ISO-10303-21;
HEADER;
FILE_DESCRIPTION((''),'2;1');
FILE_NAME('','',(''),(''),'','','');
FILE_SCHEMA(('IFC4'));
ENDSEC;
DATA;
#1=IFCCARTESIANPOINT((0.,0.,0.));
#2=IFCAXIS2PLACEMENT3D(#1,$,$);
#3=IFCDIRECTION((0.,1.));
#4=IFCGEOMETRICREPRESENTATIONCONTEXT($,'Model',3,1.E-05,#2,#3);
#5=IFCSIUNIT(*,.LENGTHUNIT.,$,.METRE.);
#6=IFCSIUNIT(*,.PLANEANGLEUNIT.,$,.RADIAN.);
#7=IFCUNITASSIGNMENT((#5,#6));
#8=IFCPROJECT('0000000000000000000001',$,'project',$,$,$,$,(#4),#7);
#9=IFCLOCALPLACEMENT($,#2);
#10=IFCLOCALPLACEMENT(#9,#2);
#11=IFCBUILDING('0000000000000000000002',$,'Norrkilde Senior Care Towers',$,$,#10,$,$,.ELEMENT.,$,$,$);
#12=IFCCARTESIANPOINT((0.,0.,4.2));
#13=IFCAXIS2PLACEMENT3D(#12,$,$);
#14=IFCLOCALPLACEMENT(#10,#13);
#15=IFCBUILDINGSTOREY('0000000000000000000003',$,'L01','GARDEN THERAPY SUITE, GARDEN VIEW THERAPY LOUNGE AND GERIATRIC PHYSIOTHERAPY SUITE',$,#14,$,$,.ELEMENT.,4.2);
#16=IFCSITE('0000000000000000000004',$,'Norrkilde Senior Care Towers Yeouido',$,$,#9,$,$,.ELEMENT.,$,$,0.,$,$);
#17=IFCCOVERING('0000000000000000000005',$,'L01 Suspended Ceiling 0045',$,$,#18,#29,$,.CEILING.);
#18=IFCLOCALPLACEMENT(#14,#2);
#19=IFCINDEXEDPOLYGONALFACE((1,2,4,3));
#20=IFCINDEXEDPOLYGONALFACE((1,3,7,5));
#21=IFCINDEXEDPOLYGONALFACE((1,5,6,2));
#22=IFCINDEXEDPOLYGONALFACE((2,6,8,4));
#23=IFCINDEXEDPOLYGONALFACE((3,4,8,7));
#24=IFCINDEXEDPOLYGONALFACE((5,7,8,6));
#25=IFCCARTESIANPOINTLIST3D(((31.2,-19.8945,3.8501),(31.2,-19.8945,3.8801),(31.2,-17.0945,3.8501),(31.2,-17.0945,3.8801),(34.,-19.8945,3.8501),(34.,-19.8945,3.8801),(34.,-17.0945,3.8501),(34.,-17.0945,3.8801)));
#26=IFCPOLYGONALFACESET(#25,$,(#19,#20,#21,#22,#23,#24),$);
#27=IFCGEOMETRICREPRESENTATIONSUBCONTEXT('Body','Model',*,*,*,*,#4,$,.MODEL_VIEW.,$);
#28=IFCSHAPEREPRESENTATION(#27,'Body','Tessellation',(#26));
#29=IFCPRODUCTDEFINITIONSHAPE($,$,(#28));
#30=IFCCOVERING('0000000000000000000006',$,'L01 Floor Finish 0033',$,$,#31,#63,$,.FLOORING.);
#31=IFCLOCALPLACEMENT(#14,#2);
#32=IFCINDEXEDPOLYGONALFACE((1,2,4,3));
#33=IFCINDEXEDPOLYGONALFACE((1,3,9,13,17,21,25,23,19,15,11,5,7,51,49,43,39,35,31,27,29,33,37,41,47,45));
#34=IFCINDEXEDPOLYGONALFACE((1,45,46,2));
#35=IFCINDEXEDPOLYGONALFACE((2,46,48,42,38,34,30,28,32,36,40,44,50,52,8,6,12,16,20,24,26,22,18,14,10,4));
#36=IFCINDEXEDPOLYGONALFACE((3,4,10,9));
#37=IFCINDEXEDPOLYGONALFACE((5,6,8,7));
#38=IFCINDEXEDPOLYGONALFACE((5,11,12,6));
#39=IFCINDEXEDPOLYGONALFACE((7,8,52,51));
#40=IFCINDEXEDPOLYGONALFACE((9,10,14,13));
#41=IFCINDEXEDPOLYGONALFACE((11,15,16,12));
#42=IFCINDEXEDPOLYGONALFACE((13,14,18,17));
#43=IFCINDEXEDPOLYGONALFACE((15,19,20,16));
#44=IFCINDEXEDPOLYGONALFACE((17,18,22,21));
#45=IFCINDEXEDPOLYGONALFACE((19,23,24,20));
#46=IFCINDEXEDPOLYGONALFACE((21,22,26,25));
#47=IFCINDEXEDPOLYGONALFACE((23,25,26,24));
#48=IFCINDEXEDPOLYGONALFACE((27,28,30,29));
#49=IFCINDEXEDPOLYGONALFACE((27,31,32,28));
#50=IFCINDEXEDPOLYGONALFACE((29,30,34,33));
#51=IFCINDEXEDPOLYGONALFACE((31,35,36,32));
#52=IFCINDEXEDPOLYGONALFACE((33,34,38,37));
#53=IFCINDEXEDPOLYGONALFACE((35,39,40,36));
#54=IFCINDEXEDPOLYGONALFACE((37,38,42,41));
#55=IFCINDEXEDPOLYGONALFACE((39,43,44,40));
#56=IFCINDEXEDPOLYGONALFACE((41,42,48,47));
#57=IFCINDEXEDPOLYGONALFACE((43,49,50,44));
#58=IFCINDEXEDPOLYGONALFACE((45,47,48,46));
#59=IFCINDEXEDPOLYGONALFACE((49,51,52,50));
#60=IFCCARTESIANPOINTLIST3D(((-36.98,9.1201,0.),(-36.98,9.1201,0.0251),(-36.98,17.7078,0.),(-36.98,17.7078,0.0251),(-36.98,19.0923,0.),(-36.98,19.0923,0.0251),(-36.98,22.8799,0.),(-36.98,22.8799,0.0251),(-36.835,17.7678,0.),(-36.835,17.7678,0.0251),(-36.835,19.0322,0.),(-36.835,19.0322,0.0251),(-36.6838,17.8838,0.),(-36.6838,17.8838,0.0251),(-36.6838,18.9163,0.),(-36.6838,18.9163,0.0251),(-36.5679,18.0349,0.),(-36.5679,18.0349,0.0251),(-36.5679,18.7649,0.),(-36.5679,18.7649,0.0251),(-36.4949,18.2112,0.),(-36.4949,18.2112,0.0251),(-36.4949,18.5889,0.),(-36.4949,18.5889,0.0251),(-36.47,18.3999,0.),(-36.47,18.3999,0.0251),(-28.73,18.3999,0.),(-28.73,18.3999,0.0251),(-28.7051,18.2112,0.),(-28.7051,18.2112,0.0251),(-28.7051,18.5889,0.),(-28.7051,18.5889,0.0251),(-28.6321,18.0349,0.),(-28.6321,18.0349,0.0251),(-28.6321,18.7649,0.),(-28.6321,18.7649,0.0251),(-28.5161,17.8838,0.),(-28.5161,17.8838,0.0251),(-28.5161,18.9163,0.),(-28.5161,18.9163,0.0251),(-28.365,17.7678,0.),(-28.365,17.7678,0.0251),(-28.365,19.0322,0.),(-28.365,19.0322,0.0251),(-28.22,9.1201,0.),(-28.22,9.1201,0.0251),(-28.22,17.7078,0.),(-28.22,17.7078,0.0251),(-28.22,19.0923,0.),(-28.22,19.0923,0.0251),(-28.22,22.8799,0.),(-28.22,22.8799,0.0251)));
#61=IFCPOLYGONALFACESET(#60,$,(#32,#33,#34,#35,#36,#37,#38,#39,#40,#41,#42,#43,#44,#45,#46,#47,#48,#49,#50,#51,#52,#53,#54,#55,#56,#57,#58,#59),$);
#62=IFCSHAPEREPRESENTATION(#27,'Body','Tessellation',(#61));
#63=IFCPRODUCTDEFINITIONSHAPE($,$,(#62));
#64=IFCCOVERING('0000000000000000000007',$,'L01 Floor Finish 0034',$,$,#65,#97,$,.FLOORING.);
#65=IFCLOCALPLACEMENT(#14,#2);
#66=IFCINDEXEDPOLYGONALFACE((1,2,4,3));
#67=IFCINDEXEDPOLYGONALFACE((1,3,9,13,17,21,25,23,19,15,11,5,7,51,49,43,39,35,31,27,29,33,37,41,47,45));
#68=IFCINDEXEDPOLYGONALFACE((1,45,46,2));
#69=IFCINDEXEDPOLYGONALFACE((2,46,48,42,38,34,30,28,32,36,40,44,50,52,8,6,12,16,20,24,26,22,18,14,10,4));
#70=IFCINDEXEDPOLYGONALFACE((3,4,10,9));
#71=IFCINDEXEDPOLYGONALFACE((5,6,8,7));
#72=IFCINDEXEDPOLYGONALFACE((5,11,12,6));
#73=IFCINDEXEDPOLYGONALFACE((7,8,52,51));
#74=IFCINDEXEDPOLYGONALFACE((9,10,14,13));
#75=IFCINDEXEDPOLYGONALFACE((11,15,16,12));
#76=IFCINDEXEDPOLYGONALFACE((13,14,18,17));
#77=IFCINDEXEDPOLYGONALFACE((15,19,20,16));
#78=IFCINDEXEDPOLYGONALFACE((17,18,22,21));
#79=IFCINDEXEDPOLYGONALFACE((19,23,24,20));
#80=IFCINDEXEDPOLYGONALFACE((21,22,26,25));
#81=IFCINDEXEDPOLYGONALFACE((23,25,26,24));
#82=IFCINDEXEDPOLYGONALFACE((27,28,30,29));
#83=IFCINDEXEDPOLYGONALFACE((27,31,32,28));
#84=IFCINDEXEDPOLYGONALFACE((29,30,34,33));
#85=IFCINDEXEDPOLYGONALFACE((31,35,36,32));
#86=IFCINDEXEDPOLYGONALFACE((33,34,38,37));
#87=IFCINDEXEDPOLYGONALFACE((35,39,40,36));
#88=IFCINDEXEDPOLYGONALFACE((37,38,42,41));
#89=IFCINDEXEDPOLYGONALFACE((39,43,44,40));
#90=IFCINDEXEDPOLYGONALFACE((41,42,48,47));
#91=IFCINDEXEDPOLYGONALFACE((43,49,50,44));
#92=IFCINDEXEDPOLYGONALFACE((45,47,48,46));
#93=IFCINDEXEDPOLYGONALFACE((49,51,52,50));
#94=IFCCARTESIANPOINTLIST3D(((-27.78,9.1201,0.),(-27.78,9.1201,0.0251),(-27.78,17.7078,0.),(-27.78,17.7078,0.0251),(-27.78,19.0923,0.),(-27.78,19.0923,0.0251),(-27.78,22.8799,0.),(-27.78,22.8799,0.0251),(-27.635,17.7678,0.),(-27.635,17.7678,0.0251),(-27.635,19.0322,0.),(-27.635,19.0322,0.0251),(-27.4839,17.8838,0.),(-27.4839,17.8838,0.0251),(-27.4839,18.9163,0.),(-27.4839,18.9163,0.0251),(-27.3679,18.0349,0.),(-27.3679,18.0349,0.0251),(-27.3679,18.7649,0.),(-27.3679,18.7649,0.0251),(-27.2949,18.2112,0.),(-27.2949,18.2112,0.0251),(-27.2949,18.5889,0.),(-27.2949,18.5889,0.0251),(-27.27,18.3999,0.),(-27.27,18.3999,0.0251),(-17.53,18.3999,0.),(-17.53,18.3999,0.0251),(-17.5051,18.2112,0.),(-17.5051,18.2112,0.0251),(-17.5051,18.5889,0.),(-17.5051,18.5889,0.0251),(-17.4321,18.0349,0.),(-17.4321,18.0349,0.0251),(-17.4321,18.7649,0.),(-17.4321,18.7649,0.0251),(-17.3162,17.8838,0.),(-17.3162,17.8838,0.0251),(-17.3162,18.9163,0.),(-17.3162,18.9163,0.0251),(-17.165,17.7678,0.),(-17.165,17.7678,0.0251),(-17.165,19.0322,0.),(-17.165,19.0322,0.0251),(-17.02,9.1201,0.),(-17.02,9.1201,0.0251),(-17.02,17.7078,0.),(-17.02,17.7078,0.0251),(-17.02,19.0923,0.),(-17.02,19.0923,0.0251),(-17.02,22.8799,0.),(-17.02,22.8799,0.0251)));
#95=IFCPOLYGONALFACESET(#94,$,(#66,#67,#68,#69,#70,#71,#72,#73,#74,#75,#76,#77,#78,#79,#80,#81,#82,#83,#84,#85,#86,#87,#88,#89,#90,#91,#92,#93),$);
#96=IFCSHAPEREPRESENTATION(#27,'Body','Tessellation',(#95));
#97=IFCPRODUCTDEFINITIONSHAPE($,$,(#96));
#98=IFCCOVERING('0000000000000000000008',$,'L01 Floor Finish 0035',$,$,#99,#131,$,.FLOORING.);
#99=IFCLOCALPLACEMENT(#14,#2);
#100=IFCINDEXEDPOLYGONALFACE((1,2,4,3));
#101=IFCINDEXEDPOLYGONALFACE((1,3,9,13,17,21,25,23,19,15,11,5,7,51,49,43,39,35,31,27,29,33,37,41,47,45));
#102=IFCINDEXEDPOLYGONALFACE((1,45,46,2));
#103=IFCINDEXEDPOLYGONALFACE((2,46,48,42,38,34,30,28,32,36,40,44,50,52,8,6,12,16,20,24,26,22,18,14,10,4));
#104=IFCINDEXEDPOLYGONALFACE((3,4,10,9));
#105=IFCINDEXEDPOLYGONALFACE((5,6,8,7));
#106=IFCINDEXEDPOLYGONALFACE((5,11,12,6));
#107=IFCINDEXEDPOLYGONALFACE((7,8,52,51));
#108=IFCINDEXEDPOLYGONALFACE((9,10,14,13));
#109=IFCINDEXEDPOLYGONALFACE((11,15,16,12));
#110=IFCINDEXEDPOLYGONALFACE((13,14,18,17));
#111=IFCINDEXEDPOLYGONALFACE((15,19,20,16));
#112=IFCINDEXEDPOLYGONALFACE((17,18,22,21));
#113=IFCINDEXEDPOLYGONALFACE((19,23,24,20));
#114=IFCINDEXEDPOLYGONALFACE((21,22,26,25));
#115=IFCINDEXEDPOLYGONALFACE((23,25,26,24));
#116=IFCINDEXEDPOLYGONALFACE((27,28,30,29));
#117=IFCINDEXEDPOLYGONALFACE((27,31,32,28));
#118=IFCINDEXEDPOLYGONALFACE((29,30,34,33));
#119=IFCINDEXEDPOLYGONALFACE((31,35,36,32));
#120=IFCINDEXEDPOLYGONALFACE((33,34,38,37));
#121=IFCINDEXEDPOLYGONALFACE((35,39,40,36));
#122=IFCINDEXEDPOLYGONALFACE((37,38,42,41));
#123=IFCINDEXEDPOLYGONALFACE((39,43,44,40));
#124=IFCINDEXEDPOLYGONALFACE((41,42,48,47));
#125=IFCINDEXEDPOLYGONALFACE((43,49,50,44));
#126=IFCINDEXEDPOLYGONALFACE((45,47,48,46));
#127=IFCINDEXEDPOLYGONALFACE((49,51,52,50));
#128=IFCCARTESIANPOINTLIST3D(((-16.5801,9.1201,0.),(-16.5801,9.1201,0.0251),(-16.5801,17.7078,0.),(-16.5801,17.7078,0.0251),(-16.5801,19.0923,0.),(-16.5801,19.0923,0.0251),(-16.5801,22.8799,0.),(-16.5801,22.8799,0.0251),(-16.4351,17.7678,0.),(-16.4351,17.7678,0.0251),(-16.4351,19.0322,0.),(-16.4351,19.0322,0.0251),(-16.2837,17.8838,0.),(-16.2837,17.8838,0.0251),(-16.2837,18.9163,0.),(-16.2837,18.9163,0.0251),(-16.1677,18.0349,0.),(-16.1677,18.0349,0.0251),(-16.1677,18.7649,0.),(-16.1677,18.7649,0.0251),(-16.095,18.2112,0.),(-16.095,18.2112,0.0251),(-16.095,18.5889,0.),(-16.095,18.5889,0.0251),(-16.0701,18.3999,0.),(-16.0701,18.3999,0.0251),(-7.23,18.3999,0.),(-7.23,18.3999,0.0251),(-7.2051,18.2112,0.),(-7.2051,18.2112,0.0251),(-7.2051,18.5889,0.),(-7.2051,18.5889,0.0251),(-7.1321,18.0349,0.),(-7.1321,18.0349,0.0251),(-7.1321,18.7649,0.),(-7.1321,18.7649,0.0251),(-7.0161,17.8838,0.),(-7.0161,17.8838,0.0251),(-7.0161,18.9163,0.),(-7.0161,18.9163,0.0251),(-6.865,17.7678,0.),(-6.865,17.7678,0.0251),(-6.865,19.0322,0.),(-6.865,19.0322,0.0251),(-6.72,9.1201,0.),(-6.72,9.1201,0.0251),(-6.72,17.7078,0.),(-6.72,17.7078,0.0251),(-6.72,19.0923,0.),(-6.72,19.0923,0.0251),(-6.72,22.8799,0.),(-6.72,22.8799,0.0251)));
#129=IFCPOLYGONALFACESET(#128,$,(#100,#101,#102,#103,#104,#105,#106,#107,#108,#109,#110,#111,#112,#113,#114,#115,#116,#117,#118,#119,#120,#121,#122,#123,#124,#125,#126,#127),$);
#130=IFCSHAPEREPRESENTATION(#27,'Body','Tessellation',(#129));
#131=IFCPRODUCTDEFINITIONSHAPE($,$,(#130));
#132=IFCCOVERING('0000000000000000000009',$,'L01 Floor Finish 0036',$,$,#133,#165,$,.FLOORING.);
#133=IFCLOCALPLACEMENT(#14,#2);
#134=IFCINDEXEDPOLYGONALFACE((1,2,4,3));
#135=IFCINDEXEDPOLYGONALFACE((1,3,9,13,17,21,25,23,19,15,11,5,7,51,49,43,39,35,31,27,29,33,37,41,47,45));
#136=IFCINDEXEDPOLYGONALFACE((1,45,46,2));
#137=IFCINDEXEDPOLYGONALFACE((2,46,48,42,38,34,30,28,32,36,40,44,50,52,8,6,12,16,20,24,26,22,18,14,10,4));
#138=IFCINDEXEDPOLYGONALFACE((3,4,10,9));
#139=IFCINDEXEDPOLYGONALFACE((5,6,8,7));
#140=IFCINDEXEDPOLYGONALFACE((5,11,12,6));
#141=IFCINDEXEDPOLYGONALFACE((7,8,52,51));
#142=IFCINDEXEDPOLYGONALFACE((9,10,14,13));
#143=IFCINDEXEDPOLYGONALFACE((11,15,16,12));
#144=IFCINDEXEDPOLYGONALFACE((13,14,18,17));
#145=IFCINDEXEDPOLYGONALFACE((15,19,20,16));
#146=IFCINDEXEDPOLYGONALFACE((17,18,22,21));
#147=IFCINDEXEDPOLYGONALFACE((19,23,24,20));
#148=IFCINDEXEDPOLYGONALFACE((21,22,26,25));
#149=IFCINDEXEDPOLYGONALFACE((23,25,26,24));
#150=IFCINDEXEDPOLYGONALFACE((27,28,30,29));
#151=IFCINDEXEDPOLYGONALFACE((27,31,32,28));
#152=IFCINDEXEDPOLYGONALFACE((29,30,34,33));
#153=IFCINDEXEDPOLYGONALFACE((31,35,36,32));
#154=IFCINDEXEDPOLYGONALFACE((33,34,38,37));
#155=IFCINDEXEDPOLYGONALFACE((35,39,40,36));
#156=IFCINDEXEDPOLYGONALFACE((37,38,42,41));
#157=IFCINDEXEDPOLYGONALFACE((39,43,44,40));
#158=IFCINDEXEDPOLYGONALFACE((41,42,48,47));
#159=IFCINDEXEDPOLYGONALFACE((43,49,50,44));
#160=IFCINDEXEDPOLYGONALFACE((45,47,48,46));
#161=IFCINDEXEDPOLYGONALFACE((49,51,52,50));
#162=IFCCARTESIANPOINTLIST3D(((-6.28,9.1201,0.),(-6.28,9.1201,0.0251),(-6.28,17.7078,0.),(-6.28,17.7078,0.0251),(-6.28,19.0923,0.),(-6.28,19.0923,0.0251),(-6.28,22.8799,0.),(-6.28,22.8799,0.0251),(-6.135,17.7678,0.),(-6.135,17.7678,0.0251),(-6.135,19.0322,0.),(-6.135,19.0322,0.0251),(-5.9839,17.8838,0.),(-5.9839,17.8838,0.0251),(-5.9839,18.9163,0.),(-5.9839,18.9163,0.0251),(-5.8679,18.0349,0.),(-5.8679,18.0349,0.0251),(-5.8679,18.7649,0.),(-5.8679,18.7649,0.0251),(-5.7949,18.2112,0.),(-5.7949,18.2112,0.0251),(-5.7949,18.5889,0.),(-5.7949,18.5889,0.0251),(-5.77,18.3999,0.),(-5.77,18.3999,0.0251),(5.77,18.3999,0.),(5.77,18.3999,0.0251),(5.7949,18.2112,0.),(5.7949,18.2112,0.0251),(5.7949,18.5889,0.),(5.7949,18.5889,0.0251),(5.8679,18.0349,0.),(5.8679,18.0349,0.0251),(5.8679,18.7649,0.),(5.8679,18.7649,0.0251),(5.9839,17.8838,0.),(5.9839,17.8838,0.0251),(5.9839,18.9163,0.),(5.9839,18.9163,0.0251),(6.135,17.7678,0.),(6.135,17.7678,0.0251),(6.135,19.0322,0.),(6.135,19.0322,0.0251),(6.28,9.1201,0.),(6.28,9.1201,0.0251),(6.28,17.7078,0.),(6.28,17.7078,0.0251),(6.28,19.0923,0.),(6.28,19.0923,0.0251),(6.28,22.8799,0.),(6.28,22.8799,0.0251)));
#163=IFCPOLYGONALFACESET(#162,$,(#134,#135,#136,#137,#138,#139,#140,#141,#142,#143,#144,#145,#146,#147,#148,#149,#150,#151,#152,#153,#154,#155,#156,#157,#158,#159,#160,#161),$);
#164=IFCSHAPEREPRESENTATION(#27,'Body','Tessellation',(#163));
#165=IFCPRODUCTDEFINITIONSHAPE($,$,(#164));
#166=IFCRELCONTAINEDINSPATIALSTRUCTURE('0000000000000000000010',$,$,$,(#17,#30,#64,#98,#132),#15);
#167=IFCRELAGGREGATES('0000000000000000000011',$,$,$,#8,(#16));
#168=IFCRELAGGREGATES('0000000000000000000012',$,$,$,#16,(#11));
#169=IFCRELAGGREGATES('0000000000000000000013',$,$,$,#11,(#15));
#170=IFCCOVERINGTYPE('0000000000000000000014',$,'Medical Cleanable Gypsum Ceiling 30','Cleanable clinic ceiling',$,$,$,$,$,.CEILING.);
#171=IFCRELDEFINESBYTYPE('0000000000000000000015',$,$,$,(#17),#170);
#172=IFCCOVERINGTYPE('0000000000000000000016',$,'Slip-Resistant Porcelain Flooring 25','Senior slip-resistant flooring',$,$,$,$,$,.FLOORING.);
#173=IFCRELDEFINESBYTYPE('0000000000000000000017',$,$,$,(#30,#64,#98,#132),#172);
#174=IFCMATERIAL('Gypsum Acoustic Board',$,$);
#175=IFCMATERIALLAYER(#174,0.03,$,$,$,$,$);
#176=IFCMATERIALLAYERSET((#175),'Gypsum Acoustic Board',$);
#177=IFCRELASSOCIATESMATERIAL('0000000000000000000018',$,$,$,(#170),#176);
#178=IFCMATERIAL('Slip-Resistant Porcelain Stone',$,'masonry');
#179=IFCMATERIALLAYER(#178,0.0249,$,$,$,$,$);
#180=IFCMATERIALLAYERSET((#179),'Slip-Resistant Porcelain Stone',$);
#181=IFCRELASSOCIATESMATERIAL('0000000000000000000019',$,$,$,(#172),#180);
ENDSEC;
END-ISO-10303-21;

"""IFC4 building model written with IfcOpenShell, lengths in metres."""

from ifc_helpers import new_model, si_unit, direction, frame, origin, place, context, subcontext, project, spatial, polyline, outline, extrude, material, layer, layer_set, type_object, element, save


model = new_model("IFC4")

# Units and contexts
model_context = context("Model", 3, precision=1e-05, world=origin(), true_north=direction((0.0, 1.0)))
body_context = subcontext(model_context, "Body", "Model", "MODEL_VIEW")
ifc_project = project(units=[si_unit("LENGTHUNIT", "METRE"), si_unit("PLANEANGLEUNIT", "RADIAN")], contexts=[model_context])

# Site, building, storey
site_placement = place(None, origin())
site = spatial("IfcSite", under=ifc_project, at=site_placement, Name="Norrkilde Senior Care Towers Yeouido", CompositionType="ELEMENT", RefElevation=0.0)
building_placement = place(site_placement, origin())
building = spatial("IfcBuilding", under=site, at=building_placement, Name="Norrkilde Senior Care Towers", CompositionType="ELEMENT")
storey_placement = place(building_placement, frame((0.0, 0.0, 4.2)))
storey = spatial("IfcBuildingStorey", under=building, at=storey_placement, Name="L01", Description="GARDEN THERAPY SUITE, GARDEN VIEW THERAPY LOUNGE AND GERIATRIC PHYSIOTHERAPY SUITE", CompositionType="ELEMENT", Elevation=4.2)

# Shared definitions
ifc_material_1 = material(Name="Gypsum Acoustic Board")

# Coverings
ifc_layer_1 = layer(ifc_material_1, 0.03)
ifc_layer_set_1 = layer_set([ifc_layer_1], Name="Gypsum Acoustic Board")
covering_type_1 = type_object("IfcCoveringType", Name="Medical Cleanable Gypsum Ceiling 30", Description="Cleanable clinic ceiling", PredefinedType="CEILING", material=ifc_layer_set_1)
covering_1_placement = place(storey_placement, frame((0.0, 0.0, 3.8501)))
element("IfcCovering", 1, at=covering_1_placement, inside=storey, type_object=covering_type_1, Name="L01 Suspended Ceiling 0045", PredefinedType="CEILING", context=body_context, shape_type="SweptSolid", body=[
    extrude(outline(polyline([(31.2, -19.8945), (31.2, -17.0945), (34.0, -17.0945), (34.0, -19.8945), (31.2, -19.8945)])), origin(), (0.0, 0.0, 1.0), 0.03),
])
ifc_material_2 = material(Name="Slip-Resistant Porcelain Stone", Category="masonry")
ifc_layer_2 = layer(ifc_material_2, 0.0249)
ifc_layer_set_2 = layer_set([ifc_layer_2], Name="Slip-Resistant Porcelain Stone")
covering_type_2 = type_object("IfcCoveringType", Name="Slip-Resistant Porcelain Flooring 25", Description="Senior slip-resistant flooring", PredefinedType="FLOORING", material=ifc_layer_set_2)
covering_2_placement = place(storey_placement, origin())
element("IfcCovering", 2, at=covering_2_placement, inside=storey, type_object=covering_type_2, Name="L01 Floor Finish 0033", PredefinedType="FLOORING", context=body_context, shape_type="SweptSolid", body=[
    extrude(outline(polyline([(-36.98, 9.1201), (-36.98, 17.7078), (-36.835, 17.7678), (-36.6838, 17.8838), (-36.5679, 18.0349), (-36.4949, 18.2112), (-36.47, 18.3999), (-36.4949, 18.5889), (-36.5679, 18.7649), (-36.6838, 18.9163), (-36.835, 19.0322), (-36.98, 19.0923), (-36.98, 22.8799), (-28.22, 22.8799), (-28.22, 19.0923), (-28.365, 19.0322), (-28.5161, 18.9163), (-28.6321, 18.7649), (-28.7051, 18.5889), (-28.73, 18.3999), (-28.7051, 18.2112), (-28.6321, 18.0349), (-28.5161, 17.8838), (-28.365, 17.7678), (-28.22, 17.7078), (-28.22, 9.1201), (-36.98, 9.1201)])), origin(), (0.0, 0.0, 1.0), 0.0251),
])
covering_3_placement = place(storey_placement, origin())
element("IfcCovering", 3, at=covering_3_placement, inside=storey, type_object=covering_type_2, Name="L01 Floor Finish 0034", PredefinedType="FLOORING", context=body_context, shape_type="SweptSolid", body=[
    extrude(outline(polyline([(-27.78, 9.1201), (-27.78, 17.7078), (-27.635, 17.7678), (-27.4839, 17.8838), (-27.3679, 18.0349), (-27.2949, 18.2112), (-27.27, 18.3999), (-27.2949, 18.5889), (-27.3679, 18.7649), (-27.4839, 18.9163), (-27.635, 19.0322), (-27.78, 19.0923), (-27.78, 22.8799), (-17.02, 22.8799), (-17.02, 19.0923), (-17.165, 19.0322), (-17.3162, 18.9163), (-17.4321, 18.7649), (-17.5051, 18.5889), (-17.53, 18.3999), (-17.5051, 18.2112), (-17.4321, 18.0349), (-17.3162, 17.8838), (-17.165, 17.7678), (-17.02, 17.7078), (-17.02, 9.1201), (-27.78, 9.1201)])), origin(), (0.0, 0.0, 1.0), 0.0251),
])
covering_4_placement = place(storey_placement, origin())
element("IfcCovering", 4, at=covering_4_placement, inside=storey, type_object=covering_type_2, Name="L01 Floor Finish 0035", PredefinedType="FLOORING", context=body_context, shape_type="SweptSolid", body=[
    extrude(outline(polyline([(-16.5801, 9.1201), (-16.5801, 17.7078), (-16.4351, 17.7678), (-16.2837, 17.8838), (-16.1677, 18.0349), (-16.095, 18.2112), (-16.0701, 18.3999), (-16.095, 18.5889), (-16.1677, 18.7649), (-16.2837, 18.9163), (-16.4351, 19.0322), (-16.5801, 19.0923), (-16.5801, 22.8799), (-6.72, 22.8799), (-6.72, 19.0923), (-6.865, 19.0322), (-7.0161, 18.9163), (-7.1321, 18.7649), (-7.2051, 18.5889), (-7.23, 18.3999), (-7.2051, 18.2112), (-7.1321, 18.0349), (-7.0161, 17.8838), (-6.865, 17.7678), (-6.72, 17.7078), (-6.72, 9.1201), (-16.5801, 9.1201)])), origin(), (0.0, 0.0, 1.0), 0.0251),
])
covering_5_placement = place(storey_placement, origin())
element("IfcCovering", 5, at=covering_5_placement, inside=storey, type_object=covering_type_2, Name="L01 Floor Finish 0036", PredefinedType="FLOORING", context=body_context, shape_type="SweptSolid", body=[
    extrude(outline(polyline([(-6.28, 9.1201), (-6.28, 17.7078), (-6.135, 17.7678), (-5.9839, 17.8838), (-5.8679, 18.0349), (-5.7949, 18.2112), (-5.77, 18.3999), (-5.7949, 18.5889), (-5.8679, 18.7649), (-5.9839, 18.9163), (-6.135, 19.0322), (-6.28, 19.0923), (-6.28, 22.8799), (6.28, 22.8799), (6.28, 19.0923), (6.135, 19.0322), (5.9839, 18.9163), (5.8679, 18.7649), (5.7949, 18.5889), (5.77, 18.3999), (5.7949, 18.2112), (5.8679, 18.0349), (5.9839, 17.8838), (6.135, 17.7678), (6.28, 17.7078), (6.28, 9.1201), (-6.28, 9.1201)])), origin(), (0.0, 0.0, 1.0), 0.0251),
])

save(model, "model.ifc")
